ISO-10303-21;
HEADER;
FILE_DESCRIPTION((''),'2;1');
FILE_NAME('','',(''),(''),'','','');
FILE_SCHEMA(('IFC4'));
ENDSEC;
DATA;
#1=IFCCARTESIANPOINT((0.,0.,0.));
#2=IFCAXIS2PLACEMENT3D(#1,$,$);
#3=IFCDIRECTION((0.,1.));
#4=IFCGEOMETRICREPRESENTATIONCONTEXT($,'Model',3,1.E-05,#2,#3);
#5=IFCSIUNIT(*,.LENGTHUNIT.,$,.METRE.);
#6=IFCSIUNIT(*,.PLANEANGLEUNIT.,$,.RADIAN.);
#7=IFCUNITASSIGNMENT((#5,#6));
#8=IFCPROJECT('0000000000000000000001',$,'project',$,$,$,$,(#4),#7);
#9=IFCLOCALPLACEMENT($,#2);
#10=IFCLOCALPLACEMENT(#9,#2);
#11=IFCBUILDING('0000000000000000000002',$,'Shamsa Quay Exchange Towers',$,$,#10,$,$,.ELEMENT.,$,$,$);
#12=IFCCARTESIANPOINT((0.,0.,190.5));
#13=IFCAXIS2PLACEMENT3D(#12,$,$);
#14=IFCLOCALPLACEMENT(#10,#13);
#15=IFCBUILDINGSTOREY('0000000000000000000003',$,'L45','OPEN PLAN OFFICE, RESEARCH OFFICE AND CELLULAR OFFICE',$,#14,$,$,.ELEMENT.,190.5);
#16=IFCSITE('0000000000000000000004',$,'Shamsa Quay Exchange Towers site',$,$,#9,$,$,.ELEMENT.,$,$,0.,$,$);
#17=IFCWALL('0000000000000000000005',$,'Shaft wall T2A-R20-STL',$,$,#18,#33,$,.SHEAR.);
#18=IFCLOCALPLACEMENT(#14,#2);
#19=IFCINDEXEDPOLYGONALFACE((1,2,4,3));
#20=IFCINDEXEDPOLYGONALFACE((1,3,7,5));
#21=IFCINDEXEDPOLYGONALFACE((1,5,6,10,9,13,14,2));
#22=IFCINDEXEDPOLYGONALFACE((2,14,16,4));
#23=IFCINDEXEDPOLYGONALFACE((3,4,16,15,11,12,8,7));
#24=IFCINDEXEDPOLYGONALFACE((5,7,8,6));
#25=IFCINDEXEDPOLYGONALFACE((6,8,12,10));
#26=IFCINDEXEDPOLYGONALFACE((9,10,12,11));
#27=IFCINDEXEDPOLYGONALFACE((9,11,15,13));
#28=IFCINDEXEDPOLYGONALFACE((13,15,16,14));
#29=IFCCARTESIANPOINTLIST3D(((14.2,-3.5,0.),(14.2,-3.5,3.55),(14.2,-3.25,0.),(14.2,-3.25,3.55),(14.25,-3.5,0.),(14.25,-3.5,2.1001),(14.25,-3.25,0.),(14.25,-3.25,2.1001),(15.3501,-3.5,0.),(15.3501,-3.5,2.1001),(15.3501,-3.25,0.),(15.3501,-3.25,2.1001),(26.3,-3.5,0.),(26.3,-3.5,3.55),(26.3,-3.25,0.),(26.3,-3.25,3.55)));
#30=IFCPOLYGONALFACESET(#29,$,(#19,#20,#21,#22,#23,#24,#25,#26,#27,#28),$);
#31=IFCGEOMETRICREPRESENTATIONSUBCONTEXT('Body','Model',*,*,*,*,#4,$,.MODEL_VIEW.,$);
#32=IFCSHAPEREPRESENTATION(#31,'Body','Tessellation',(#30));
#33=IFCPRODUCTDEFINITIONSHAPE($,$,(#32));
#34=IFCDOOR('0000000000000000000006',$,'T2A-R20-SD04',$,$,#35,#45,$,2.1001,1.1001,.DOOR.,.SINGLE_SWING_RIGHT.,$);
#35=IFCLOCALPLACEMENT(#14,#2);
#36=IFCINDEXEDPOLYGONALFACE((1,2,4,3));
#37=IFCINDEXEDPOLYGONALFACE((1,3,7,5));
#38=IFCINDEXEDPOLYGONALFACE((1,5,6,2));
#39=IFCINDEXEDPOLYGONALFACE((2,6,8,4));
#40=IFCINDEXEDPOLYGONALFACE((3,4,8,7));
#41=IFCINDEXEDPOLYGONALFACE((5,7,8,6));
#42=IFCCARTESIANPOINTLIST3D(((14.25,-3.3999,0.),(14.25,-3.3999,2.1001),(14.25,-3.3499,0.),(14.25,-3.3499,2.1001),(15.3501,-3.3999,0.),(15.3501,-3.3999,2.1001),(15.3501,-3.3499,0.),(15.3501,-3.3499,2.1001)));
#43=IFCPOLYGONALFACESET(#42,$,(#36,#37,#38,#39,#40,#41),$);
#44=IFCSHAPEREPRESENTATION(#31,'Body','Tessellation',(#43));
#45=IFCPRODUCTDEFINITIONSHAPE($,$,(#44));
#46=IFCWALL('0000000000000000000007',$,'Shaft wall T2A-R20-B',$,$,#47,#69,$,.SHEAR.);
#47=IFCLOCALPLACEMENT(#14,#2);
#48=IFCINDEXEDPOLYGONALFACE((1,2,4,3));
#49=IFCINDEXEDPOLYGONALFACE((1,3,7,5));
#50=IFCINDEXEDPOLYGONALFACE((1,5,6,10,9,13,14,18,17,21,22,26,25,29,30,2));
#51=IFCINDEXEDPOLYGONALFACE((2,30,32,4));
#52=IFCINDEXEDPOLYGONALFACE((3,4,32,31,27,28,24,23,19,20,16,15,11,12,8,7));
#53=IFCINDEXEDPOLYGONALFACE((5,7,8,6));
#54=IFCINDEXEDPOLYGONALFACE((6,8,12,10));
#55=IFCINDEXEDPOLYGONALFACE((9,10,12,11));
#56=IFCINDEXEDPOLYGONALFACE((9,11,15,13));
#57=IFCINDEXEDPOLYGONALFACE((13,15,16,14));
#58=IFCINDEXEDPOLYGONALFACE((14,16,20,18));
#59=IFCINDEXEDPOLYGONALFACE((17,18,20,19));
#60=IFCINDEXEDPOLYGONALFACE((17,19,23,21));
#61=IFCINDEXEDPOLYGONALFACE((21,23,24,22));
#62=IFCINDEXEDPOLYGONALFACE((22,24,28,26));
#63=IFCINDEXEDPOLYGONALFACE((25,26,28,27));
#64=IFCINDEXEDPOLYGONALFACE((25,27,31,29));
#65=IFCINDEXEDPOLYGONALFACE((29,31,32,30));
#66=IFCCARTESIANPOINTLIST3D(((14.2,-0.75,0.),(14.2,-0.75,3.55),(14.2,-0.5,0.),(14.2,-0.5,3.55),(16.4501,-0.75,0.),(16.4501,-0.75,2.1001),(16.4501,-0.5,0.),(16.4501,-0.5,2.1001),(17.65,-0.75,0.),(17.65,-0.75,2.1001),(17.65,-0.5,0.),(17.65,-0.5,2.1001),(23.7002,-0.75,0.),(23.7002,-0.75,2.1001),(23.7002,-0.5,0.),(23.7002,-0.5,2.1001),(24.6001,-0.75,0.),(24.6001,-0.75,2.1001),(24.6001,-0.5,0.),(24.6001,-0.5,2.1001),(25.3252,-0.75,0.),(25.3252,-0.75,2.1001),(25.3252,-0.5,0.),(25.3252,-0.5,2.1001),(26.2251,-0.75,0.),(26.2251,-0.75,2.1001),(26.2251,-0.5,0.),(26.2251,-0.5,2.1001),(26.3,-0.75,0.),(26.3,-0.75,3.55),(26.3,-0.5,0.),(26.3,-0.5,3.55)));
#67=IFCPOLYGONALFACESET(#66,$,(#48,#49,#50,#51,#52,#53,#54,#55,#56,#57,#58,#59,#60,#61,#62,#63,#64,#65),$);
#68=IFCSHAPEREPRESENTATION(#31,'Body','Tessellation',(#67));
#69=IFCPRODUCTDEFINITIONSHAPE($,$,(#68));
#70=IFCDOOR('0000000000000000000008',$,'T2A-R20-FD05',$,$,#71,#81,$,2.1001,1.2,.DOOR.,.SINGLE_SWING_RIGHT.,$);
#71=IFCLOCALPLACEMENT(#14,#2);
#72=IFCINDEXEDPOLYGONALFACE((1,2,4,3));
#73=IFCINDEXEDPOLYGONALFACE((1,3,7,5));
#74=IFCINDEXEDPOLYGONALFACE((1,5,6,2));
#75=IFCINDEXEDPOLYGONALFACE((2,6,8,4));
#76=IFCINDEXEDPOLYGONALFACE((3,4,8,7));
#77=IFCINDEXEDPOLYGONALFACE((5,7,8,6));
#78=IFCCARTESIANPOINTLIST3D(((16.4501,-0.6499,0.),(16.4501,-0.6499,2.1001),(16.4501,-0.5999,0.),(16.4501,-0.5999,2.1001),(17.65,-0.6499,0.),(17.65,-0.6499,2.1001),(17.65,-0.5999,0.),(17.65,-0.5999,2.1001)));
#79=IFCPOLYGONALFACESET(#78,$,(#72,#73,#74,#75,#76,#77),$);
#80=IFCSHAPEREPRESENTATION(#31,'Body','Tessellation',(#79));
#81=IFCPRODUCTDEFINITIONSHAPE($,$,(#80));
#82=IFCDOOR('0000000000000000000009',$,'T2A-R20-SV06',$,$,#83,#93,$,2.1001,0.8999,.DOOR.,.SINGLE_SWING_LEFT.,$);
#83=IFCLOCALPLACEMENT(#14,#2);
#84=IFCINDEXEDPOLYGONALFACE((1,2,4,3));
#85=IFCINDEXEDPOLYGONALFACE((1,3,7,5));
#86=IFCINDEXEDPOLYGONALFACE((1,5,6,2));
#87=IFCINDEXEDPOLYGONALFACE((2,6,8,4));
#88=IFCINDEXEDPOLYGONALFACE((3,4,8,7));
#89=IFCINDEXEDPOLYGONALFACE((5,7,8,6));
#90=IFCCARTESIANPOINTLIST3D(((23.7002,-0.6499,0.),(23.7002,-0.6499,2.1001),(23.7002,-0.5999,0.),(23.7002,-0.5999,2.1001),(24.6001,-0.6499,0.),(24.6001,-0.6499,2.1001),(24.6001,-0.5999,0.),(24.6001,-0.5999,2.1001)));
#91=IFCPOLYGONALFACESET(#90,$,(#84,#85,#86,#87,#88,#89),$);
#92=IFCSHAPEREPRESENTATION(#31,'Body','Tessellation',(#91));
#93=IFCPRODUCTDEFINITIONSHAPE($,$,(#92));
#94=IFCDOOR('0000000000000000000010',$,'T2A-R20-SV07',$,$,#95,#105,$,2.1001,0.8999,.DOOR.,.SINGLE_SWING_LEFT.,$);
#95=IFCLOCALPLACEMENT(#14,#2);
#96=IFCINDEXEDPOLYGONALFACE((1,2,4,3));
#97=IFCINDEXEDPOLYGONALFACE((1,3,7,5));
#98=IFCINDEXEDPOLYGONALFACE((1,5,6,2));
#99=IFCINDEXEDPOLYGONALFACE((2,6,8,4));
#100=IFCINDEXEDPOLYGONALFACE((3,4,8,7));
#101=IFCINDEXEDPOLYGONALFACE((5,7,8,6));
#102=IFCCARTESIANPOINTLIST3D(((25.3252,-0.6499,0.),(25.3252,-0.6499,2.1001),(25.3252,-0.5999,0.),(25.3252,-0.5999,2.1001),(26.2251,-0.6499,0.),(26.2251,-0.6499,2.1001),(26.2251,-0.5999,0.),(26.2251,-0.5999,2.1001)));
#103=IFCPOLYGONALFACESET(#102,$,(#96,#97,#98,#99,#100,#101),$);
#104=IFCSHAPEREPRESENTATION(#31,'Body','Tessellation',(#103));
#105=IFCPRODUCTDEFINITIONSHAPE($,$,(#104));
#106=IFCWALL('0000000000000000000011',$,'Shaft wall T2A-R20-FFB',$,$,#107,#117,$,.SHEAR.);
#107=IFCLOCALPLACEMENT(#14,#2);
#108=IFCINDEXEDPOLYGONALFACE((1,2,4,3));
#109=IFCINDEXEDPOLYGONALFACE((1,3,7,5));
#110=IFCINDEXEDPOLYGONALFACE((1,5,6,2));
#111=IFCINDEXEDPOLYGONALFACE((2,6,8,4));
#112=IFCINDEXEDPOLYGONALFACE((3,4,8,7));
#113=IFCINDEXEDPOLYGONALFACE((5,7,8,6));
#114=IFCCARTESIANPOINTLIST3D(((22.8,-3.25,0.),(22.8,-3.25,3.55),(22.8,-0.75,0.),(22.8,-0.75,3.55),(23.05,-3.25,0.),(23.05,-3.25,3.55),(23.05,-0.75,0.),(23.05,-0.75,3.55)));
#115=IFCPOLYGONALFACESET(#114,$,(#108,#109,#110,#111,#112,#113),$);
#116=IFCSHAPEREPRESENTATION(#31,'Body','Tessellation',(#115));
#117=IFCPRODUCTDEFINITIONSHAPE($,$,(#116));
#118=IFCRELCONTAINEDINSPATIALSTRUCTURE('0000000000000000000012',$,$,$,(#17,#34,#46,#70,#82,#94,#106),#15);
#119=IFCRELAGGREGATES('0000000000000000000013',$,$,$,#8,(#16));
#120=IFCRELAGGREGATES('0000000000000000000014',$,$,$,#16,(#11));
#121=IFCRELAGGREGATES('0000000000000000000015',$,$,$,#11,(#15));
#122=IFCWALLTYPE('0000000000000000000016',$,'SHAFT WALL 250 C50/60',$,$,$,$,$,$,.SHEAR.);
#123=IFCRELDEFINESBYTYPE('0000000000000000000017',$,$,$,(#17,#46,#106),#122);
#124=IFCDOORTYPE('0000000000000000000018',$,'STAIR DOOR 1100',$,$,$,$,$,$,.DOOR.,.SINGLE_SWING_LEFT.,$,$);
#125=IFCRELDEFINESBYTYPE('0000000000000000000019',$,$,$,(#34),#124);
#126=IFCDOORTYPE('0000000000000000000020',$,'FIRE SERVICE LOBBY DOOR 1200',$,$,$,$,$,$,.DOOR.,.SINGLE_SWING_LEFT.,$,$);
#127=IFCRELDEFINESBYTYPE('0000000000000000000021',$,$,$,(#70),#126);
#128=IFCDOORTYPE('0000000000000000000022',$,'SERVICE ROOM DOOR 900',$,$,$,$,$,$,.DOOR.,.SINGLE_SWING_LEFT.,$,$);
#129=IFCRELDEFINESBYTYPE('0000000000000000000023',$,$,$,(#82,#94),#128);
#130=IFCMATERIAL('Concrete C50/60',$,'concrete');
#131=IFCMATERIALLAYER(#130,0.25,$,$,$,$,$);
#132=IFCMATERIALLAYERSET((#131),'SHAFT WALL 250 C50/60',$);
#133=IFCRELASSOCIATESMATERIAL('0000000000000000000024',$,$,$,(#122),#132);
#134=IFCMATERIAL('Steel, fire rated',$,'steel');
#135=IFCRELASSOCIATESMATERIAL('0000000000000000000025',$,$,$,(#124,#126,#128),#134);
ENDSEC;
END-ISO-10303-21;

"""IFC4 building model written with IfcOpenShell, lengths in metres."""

from ifc_helpers import new_model, si_unit, direction, frame, frame_2d, origin, place, context, subcontext, project, spatial, rectangle, extrude, material, layer, layer_set, type_object, element, fill, save


model = new_model("IFC4")

# Units and contexts
model_context = context("Model", 3, precision=1e-05, world=origin(), true_north=direction((0.0, 1.0)))
body_context = subcontext(model_context, "Body", "Model", "MODEL_VIEW")
ifc_project = project(units=[si_unit("LENGTHUNIT", "METRE"), si_unit("PLANEANGLEUNIT", "RADIAN")], contexts=[model_context])

# Site, building, storey
site_placement = place(None, origin())
site = spatial("IfcSite", under=ifc_project, at=site_placement, Name="Shamsa Quay Exchange Towers site", CompositionType="ELEMENT", RefElevation=0.0)
building_placement = place(site_placement, origin())
building = spatial("IfcBuilding", under=site, at=building_placement, Name="Shamsa Quay Exchange Towers", CompositionType="ELEMENT")
storey_placement = place(building_placement, frame((0.0, 0.0, 190.5)))
storey = spatial("IfcBuildingStorey", under=building, at=storey_placement, Name="L45", Description="OPEN PLAN OFFICE, RESEARCH OFFICE AND CELLULAR OFFICE", CompositionType="ELEMENT", Elevation=190.5)

# Wall, opening, door
ifc_material_1 = material(Name="Concrete C50/60", Category="concrete")
ifc_layer_1 = layer(ifc_material_1, 0.25)
ifc_layer_set_1 = layer_set([ifc_layer_1], Name="SHAFT WALL 250 C50/60")
wall_type_1 = type_object("IfcWallType", Name="SHAFT WALL 250 C50/60", PredefinedType="SHEAR", material=ifc_layer_set_1)
wall_1_placement = place(storey_placement, frame((26.3, -3.375, 0.0), z_axis=(0.0, 0.0, 1.0), x_axis=(-1.0, 0.0, 0.0)))
wall_1 = element("IfcWall", 1, at=wall_1_placement, inside=storey, type_object=wall_type_1, Name="Shaft wall T2A-R20-STL", PredefinedType="SHEAR", context=body_context, shape_type="SweptSolid", body=[
    extrude(rectangle(XDim=12.1001, YDim=0.25, at=frame_2d((6.05, 0.0))), origin(), (0.0, 0.0, 1.0), 3.55),
])
opening_1_placement = place(wall_1_placement, frame((10.95, 0.0, 0.0)))
opening_1 = element("IfcOpeningElement", 2, at=opening_1_placement, cuts=wall_1, PredefinedType="OPENING", context=body_context, shape_type="SweptSolid", body=[
    extrude(rectangle(XDim=1.1001, YDim=2.1001, at=frame_2d((0.55, 1.05))), frame((0.0, 0.135, 0.0), z_axis=(0.0, -1.0, 0.0), x_axis=(1.0, 0.0, 0.0)), (0.0, 0.0, 1.0), 0.27),
])
ifc_material_2 = material(Name="Steel, fire rated", Category="steel")
door_type_1 = type_object("IfcDoorType", Name="STAIR DOOR 1100", OperationType="SINGLE_SWING_LEFT", PredefinedType="DOOR", material=ifc_material_2)
door_1_placement = place(opening_1_placement, origin())
door_1 = element("IfcDoor", 3, at=door_1_placement, inside=storey, type_object=door_type_1, Name="T2A-R20-SD04", OperationType="SINGLE_SWING_RIGHT", OverallHeight=2.1001, OverallWidth=1.1001, PredefinedType="DOOR", context=body_context, shape_type="SweptSolid", body=[
    extrude(rectangle(XDim=1.1001, YDim=2.1001, at=frame_2d((0.55, 1.05))), frame((0.0, 0.0249, 0.0), z_axis=(0.0, -1.0, 0.0), x_axis=(1.0, 0.0, 0.0)), (0.0, 0.0, 1.0), 0.05),
])
fill(opening_1, door_1)

# Wall, openings, doors
wall_2_placement = place(storey_placement, frame((26.3, -0.625, 0.0), z_axis=(0.0, 0.0, 1.0), x_axis=(-1.0, 0.0, 0.0)))
wall_2 = element("IfcWall", 4, at=wall_2_placement, inside=storey, type_object=wall_type_1, Name="Shaft wall T2A-R20-B", PredefinedType="SHEAR", context=body_context, shape_type="SweptSolid", body=[
    extrude(rectangle(XDim=12.1001, YDim=0.25, at=frame_2d((6.05, 0.0))), origin(), (0.0, 0.0, 1.0), 3.55),
])
opening_2_placement = place(wall_2_placement, frame((8.6499, 0.0, 0.0)))
opening_2 = element("IfcOpeningElement", 5, at=opening_2_placement, cuts=wall_2, PredefinedType="OPENING", context=body_context, shape_type="SweptSolid", body=[
    extrude(rectangle(XDim=1.2, YDim=2.1001, at=frame_2d((0.6001, 1.05))), frame((0.0, 0.135, 0.0), z_axis=(0.0, -1.0, 0.0), x_axis=(1.0, 0.0, 0.0)), (0.0, 0.0, 1.0), 0.27),
])
opening_3_placement = place(wall_2_placement, frame((1.7, 0.0, 0.0)))
opening_3 = element("IfcOpeningElement", 6, at=opening_3_placement, cuts=wall_2, PredefinedType="OPENING", context=body_context, shape_type="SweptSolid", body=[
    extrude(rectangle(XDim=0.8999, YDim=2.1001, at=frame_2d((0.45, 1.05))), frame((0.0, 0.135, 0.0), z_axis=(0.0, -1.0, 0.0), x_axis=(1.0, 0.0, 0.0)), (0.0, 0.0, 1.0), 0.27),
])
opening_4_placement = place(wall_2_placement, frame((0.075, 0.0, 0.0)))
opening_4 = element("IfcOpeningElement", 7, at=opening_4_placement, cuts=wall_2, PredefinedType="OPENING", context=body_context, shape_type="SweptSolid", body=[
    extrude(rectangle(XDim=0.8999, YDim=2.1001, at=frame_2d((0.45, 1.05))), frame((0.0, 0.135, 0.0), z_axis=(0.0, -1.0, 0.0), x_axis=(1.0, 0.0, 0.0)), (0.0, 0.0, 1.0), 0.27),
])
door_type_2 = type_object("IfcDoorType", Name="FIRE SERVICE LOBBY DOOR 1200", OperationType="SINGLE_SWING_LEFT", PredefinedType="DOOR", material=ifc_material_2)
door_2_placement = place(opening_2_placement, origin())
door_2 = element("IfcDoor", 8, at=door_2_placement, inside=storey, type_object=door_type_2, Name="T2A-R20-FD05", OperationType="SINGLE_SWING_RIGHT", OverallHeight=2.1001, OverallWidth=1.2, PredefinedType="DOOR", context=body_context, shape_type="SweptSolid", body=[
    extrude(rectangle(XDim=1.2, YDim=2.1001, at=frame_2d((0.6001, 1.05))), frame((0.0, 0.0249, 0.0), z_axis=(0.0, -1.0, 0.0), x_axis=(1.0, 0.0, 0.0)), (0.0, 0.0, 1.0), 0.05),
])
fill(opening_2, door_2)
door_type_3 = type_object("IfcDoorType", Name="SERVICE ROOM DOOR 900", OperationType="SINGLE_SWING_LEFT", PredefinedType="DOOR", material=ifc_material_2)
door_3_placement = place(opening_3_placement, origin())
door_3 = element("IfcDoor", 9, at=door_3_placement, inside=storey, type_object=door_type_3, Name="T2A-R20-SV06", OperationType="SINGLE_SWING_LEFT", OverallHeight=2.1001, OverallWidth=0.8999, PredefinedType="DOOR", context=body_context, shape_type="SweptSolid", body=[
    extrude(rectangle(XDim=0.8999, YDim=2.1001, at=frame_2d((0.45, 1.05))), frame((0.0, 0.0249, 0.0), z_axis=(0.0, -1.0, 0.0), x_axis=(1.0, 0.0, 0.0)), (0.0, 0.0, 1.0), 0.05),
])
fill(opening_3, door_3)
door_4_placement = place(opening_4_placement, origin())
door_4 = element("IfcDoor", 10, at=door_4_placement, inside=storey, type_object=door_type_3, Name="T2A-R20-SV07", OperationType="SINGLE_SWING_LEFT", OverallHeight=2.1001, OverallWidth=0.8999, PredefinedType="DOOR", context=body_context, shape_type="SweptSolid", body=[
    extrude(rectangle(XDim=0.8999, YDim=2.1001, at=frame_2d((0.45, 1.05))), frame((0.0, 0.0249, 0.0), z_axis=(0.0, -1.0, 0.0), x_axis=(1.0, 0.0, 0.0)), (0.0, 0.0, 1.0), 0.05),
])
fill(opening_4, door_4)

# Wall
wall_3_placement = place(storey_placement, frame((22.925, -3.25, 0.0), z_axis=(0.0, 0.0, 1.0), x_axis=(0.0, 1.0, 0.0)))
element("IfcWall", 11, at=wall_3_placement, inside=storey, type_object=wall_type_1, Name="Shaft wall T2A-R20-FFB", PredefinedType="SHEAR", context=body_context, shape_type="SweptSolid", body=[
    extrude(rectangle(XDim=2.5, YDim=0.25, at=frame_2d((1.25, 0.0))), origin(), (0.0, 0.0, 1.0), 3.55),
])

save(model, "model.ifc")
